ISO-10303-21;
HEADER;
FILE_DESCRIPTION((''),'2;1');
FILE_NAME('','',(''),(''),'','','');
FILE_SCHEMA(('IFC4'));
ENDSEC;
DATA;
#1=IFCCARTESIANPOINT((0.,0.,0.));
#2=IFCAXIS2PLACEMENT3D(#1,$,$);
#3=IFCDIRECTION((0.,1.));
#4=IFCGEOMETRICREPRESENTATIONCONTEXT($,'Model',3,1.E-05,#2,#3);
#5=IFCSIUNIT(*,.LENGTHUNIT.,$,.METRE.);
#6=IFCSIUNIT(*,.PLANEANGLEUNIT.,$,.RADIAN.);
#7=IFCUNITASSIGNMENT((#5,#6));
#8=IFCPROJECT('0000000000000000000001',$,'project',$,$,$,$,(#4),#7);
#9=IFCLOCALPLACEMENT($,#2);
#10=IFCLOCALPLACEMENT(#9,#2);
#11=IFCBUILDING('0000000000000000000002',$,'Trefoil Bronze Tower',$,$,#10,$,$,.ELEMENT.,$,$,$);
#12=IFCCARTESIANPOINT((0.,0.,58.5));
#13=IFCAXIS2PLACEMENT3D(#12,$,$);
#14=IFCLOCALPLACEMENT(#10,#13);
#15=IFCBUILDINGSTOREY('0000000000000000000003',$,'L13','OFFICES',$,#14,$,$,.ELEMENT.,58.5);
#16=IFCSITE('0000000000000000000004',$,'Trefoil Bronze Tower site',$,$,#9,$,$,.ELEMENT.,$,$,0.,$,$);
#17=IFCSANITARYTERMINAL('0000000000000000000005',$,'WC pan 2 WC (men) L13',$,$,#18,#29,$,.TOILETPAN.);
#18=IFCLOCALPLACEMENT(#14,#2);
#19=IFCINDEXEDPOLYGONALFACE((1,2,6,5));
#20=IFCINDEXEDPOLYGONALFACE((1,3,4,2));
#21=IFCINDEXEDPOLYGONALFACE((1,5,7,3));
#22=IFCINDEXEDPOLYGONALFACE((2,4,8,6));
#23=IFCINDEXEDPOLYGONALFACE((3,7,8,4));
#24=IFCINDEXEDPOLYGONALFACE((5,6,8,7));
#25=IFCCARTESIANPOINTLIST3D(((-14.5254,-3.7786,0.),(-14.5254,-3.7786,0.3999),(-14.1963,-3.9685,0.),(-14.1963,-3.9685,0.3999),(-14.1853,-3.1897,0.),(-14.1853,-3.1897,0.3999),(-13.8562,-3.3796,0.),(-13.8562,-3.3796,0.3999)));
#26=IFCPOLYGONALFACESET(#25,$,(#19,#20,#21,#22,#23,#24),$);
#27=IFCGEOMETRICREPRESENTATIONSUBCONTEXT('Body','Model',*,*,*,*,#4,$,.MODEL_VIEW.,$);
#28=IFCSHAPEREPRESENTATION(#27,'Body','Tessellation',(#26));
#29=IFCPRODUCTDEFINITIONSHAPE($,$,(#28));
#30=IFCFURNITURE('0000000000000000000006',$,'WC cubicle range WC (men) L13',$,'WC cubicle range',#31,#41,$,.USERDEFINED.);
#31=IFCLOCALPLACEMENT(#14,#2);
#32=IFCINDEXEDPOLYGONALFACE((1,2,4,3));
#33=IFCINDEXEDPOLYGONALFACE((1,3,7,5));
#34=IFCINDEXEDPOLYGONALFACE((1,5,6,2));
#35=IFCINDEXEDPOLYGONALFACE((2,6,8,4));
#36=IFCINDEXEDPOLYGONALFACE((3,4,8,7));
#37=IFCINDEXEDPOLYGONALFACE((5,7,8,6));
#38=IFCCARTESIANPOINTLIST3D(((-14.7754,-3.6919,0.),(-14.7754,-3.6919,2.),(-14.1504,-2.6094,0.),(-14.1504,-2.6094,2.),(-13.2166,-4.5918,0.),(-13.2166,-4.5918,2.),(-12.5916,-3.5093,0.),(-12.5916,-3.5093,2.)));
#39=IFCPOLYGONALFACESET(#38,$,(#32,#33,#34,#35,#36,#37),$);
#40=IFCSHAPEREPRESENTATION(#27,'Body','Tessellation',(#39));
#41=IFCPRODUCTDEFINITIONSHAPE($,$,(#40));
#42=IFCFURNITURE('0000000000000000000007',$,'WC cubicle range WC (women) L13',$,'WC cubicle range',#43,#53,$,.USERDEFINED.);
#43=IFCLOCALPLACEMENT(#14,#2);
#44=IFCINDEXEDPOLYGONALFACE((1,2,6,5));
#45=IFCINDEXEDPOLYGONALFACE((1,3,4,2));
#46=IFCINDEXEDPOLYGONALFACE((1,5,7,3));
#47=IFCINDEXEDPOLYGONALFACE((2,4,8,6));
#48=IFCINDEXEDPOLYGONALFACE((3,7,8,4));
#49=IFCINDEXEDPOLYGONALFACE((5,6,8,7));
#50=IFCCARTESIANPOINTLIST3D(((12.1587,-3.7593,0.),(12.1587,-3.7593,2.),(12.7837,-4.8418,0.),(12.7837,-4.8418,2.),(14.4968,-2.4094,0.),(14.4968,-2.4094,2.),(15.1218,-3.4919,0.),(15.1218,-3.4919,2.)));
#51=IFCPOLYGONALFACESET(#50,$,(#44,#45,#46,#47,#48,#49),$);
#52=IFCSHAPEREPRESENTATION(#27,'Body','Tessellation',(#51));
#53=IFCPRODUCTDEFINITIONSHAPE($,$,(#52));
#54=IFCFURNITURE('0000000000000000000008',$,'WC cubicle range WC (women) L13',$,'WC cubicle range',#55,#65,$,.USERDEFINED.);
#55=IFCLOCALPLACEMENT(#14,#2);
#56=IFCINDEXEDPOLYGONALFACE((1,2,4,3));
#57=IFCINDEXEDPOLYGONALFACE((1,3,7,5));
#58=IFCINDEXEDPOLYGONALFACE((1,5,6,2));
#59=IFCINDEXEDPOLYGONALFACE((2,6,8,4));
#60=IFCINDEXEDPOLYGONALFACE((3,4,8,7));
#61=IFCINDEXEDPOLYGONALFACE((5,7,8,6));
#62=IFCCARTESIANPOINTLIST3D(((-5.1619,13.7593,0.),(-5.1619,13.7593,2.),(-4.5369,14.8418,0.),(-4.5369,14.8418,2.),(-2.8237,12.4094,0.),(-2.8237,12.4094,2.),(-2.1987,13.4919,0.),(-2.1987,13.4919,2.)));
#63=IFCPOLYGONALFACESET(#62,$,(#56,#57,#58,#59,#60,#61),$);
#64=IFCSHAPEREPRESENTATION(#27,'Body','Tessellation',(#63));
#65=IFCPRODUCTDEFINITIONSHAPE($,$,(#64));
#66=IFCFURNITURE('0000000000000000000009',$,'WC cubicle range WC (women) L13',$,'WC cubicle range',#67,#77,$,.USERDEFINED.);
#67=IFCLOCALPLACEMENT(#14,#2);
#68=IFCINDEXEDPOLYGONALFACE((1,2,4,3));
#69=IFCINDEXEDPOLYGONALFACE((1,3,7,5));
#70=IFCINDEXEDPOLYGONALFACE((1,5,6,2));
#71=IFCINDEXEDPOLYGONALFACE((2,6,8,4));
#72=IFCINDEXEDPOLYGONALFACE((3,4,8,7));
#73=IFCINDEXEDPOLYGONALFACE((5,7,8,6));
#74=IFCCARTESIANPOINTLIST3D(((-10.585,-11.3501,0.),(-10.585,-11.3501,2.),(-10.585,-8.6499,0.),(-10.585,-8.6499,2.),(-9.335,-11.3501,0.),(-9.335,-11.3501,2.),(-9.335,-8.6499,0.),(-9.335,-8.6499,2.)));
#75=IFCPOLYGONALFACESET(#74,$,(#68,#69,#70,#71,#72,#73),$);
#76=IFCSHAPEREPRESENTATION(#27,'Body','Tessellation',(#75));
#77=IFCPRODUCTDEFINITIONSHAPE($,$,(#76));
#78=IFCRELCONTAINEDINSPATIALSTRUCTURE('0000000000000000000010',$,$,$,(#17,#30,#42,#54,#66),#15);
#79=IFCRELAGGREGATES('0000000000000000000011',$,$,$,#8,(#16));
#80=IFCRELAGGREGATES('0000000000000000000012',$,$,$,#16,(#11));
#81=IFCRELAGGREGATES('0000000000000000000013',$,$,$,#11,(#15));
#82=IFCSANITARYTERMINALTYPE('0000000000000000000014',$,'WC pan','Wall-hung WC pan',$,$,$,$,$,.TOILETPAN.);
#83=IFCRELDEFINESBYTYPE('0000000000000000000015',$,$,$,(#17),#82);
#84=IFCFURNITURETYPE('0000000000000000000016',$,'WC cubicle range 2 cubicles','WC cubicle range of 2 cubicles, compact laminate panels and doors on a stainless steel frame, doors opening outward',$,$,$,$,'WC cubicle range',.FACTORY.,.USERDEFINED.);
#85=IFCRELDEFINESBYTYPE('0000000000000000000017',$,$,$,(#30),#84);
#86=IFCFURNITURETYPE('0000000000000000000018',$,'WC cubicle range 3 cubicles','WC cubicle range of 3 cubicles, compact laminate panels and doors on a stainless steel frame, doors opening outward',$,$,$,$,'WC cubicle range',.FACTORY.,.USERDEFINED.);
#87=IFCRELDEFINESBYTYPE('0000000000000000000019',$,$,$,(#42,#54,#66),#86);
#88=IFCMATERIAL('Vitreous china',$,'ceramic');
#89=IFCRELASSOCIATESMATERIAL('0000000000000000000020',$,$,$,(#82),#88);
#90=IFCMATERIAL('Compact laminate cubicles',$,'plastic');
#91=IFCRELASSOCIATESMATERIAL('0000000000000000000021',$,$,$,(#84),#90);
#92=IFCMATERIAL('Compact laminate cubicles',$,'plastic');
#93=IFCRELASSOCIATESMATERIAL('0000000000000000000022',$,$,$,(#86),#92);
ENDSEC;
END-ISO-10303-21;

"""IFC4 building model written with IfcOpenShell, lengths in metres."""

from ifc_helpers import new_model, si_unit, direction, frame, origin, place, context, subcontext, project, spatial, polyline, outline, extrude, material, type_object, element, save


model = new_model("IFC4")

# Units and contexts
model_context = context("Model", 3, precision=1e-05, world=origin(), true_north=direction((0.0, 1.0)))
body_context = subcontext(model_context, "Body", "Model", "MODEL_VIEW")
ifc_project = project(units=[si_unit("LENGTHUNIT", "METRE"), si_unit("PLANEANGLEUNIT", "RADIAN")], contexts=[model_context])

# Site, building, storey
site_placement = place(None, origin())
site = spatial("IfcSite", under=ifc_project, at=site_placement, Name="Trefoil Bronze Tower site", CompositionType="ELEMENT", RefElevation=0.0)
building_placement = place(site_placement, origin())
building = spatial("IfcBuilding", under=site, at=building_placement, Name="Trefoil Bronze Tower", CompositionType="ELEMENT")
storey_placement = place(building_placement, frame((0.0, 0.0, 58.5)))
storey = spatial("IfcBuildingStorey", under=building, at=storey_placement, Name="L13", Description="OFFICES", CompositionType="ELEMENT", Elevation=58.5)

# Sanitary terminal
ifc_material_1 = material(Name="Vitreous china", Category="ceramic")
sanitary_terminal_type_1 = type_object("IfcSanitaryTerminalType", Name="WC pan", Description="Wall-hung WC pan", PredefinedType="TOILETPAN", material=ifc_material_1)
sanitary_terminal_1_placement = place(storey_placement, origin())
element("IfcSanitaryTerminal", 1, at=sanitary_terminal_1_placement, inside=storey, type_object=sanitary_terminal_type_1, Name="WC pan 2 WC (men) L13", PredefinedType="TOILETPAN", context=body_context, shape_type="SweptSolid", body=[
    extrude(outline(polyline([(-13.8562, -3.3796), (-14.1963, -3.9685), (-14.5254, -3.7786), (-14.1853, -3.1897), (-13.8562, -3.3796)])), origin(), (0.0, 0.0, 1.0), 0.3999),
])

# Furniture
ifc_material_2 = material(Name="Compact laminate cubicles", Category="plastic")
furniture_type_1 = type_object("IfcFurnitureType", Name="WC cubicle range 2 cubicles", Description="WC cubicle range of 2 cubicles, compact laminate panels and doors on a stainless steel frame, doors opening outward", ElementType="WC cubicle range", AssemblyPlace="FACTORY", PredefinedType="USERDEFINED", material=ifc_material_2)
furniture_1_placement = place(storey_placement, origin())
element("IfcFurniture", 2, at=furniture_1_placement, inside=storey, type_object=furniture_type_1, Name="WC cubicle range WC (men) L13", ObjectType="WC cubicle range", PredefinedType="USERDEFINED", context=body_context, shape_type="SweptSolid", body=[
    extrude(outline(polyline([(-12.5916, -3.5093), (-13.2166, -4.5918), (-14.7754, -3.6919), (-14.1504, -2.6094), (-12.5916, -3.5093)])), origin(), (0.0, 0.0, 1.0), 2.0),
])
ifc_material_3 = material(Name="Compact laminate cubicles", Category="plastic")
furniture_type_2 = type_object("IfcFurnitureType", Name="WC cubicle range 3 cubicles", Description="WC cubicle range of 3 cubicles, compact laminate panels and doors on a stainless steel frame, doors opening outward", ElementType="WC cubicle range", AssemblyPlace="FACTORY", PredefinedType="USERDEFINED", material=ifc_material_3)
furniture_2_placement = place(storey_placement, origin())
element("IfcFurniture", 3, at=furniture_2_placement, inside=storey, type_object=furniture_type_2, Name="WC cubicle range WC (women) L13", ObjectType="WC cubicle range", PredefinedType="USERDEFINED", context=body_context, shape_type="SweptSolid", body=[
    extrude(outline(polyline([(12.1587, -3.7593), (12.7837, -4.8418), (15.1218, -3.4919), (14.4968, -2.4094), (12.1587, -3.7593)])), origin(), (0.0, 0.0, 1.0), 2.0),
])
furniture_3_placement = place(storey_placement, origin())
element("IfcFurniture", 4, at=furniture_3_placement, inside=storey, type_object=furniture_type_2, Name="WC cubicle range WC (women) L13", ObjectType="WC cubicle range", PredefinedType="USERDEFINED", context=body_context, shape_type="SweptSolid", body=[
    extrude(outline(polyline([(-2.8237, 12.4094), (-2.1987, 13.4919), (-4.5369, 14.8418), (-5.1619, 13.7593), (-2.8237, 12.4094)])), origin(), (0.0, 0.0, 1.0), 2.0),
])
furniture_4_placement = place(storey_placement, origin())
element("IfcFurniture", 5, at=furniture_4_placement, inside=storey, type_object=furniture_type_2, Name="WC cubicle range WC (women) L13", ObjectType="WC cubicle range", PredefinedType="USERDEFINED", context=body_context, shape_type="SweptSolid", body=[
    extrude(outline(polyline([(-9.335, -8.6499), (-10.585, -8.6499), (-10.585, -11.3501), (-9.335, -11.3501), (-9.335, -8.6499)])), origin(), (0.0, 0.0, 1.0), 2.0),
])

save(model, "model.ifc")
